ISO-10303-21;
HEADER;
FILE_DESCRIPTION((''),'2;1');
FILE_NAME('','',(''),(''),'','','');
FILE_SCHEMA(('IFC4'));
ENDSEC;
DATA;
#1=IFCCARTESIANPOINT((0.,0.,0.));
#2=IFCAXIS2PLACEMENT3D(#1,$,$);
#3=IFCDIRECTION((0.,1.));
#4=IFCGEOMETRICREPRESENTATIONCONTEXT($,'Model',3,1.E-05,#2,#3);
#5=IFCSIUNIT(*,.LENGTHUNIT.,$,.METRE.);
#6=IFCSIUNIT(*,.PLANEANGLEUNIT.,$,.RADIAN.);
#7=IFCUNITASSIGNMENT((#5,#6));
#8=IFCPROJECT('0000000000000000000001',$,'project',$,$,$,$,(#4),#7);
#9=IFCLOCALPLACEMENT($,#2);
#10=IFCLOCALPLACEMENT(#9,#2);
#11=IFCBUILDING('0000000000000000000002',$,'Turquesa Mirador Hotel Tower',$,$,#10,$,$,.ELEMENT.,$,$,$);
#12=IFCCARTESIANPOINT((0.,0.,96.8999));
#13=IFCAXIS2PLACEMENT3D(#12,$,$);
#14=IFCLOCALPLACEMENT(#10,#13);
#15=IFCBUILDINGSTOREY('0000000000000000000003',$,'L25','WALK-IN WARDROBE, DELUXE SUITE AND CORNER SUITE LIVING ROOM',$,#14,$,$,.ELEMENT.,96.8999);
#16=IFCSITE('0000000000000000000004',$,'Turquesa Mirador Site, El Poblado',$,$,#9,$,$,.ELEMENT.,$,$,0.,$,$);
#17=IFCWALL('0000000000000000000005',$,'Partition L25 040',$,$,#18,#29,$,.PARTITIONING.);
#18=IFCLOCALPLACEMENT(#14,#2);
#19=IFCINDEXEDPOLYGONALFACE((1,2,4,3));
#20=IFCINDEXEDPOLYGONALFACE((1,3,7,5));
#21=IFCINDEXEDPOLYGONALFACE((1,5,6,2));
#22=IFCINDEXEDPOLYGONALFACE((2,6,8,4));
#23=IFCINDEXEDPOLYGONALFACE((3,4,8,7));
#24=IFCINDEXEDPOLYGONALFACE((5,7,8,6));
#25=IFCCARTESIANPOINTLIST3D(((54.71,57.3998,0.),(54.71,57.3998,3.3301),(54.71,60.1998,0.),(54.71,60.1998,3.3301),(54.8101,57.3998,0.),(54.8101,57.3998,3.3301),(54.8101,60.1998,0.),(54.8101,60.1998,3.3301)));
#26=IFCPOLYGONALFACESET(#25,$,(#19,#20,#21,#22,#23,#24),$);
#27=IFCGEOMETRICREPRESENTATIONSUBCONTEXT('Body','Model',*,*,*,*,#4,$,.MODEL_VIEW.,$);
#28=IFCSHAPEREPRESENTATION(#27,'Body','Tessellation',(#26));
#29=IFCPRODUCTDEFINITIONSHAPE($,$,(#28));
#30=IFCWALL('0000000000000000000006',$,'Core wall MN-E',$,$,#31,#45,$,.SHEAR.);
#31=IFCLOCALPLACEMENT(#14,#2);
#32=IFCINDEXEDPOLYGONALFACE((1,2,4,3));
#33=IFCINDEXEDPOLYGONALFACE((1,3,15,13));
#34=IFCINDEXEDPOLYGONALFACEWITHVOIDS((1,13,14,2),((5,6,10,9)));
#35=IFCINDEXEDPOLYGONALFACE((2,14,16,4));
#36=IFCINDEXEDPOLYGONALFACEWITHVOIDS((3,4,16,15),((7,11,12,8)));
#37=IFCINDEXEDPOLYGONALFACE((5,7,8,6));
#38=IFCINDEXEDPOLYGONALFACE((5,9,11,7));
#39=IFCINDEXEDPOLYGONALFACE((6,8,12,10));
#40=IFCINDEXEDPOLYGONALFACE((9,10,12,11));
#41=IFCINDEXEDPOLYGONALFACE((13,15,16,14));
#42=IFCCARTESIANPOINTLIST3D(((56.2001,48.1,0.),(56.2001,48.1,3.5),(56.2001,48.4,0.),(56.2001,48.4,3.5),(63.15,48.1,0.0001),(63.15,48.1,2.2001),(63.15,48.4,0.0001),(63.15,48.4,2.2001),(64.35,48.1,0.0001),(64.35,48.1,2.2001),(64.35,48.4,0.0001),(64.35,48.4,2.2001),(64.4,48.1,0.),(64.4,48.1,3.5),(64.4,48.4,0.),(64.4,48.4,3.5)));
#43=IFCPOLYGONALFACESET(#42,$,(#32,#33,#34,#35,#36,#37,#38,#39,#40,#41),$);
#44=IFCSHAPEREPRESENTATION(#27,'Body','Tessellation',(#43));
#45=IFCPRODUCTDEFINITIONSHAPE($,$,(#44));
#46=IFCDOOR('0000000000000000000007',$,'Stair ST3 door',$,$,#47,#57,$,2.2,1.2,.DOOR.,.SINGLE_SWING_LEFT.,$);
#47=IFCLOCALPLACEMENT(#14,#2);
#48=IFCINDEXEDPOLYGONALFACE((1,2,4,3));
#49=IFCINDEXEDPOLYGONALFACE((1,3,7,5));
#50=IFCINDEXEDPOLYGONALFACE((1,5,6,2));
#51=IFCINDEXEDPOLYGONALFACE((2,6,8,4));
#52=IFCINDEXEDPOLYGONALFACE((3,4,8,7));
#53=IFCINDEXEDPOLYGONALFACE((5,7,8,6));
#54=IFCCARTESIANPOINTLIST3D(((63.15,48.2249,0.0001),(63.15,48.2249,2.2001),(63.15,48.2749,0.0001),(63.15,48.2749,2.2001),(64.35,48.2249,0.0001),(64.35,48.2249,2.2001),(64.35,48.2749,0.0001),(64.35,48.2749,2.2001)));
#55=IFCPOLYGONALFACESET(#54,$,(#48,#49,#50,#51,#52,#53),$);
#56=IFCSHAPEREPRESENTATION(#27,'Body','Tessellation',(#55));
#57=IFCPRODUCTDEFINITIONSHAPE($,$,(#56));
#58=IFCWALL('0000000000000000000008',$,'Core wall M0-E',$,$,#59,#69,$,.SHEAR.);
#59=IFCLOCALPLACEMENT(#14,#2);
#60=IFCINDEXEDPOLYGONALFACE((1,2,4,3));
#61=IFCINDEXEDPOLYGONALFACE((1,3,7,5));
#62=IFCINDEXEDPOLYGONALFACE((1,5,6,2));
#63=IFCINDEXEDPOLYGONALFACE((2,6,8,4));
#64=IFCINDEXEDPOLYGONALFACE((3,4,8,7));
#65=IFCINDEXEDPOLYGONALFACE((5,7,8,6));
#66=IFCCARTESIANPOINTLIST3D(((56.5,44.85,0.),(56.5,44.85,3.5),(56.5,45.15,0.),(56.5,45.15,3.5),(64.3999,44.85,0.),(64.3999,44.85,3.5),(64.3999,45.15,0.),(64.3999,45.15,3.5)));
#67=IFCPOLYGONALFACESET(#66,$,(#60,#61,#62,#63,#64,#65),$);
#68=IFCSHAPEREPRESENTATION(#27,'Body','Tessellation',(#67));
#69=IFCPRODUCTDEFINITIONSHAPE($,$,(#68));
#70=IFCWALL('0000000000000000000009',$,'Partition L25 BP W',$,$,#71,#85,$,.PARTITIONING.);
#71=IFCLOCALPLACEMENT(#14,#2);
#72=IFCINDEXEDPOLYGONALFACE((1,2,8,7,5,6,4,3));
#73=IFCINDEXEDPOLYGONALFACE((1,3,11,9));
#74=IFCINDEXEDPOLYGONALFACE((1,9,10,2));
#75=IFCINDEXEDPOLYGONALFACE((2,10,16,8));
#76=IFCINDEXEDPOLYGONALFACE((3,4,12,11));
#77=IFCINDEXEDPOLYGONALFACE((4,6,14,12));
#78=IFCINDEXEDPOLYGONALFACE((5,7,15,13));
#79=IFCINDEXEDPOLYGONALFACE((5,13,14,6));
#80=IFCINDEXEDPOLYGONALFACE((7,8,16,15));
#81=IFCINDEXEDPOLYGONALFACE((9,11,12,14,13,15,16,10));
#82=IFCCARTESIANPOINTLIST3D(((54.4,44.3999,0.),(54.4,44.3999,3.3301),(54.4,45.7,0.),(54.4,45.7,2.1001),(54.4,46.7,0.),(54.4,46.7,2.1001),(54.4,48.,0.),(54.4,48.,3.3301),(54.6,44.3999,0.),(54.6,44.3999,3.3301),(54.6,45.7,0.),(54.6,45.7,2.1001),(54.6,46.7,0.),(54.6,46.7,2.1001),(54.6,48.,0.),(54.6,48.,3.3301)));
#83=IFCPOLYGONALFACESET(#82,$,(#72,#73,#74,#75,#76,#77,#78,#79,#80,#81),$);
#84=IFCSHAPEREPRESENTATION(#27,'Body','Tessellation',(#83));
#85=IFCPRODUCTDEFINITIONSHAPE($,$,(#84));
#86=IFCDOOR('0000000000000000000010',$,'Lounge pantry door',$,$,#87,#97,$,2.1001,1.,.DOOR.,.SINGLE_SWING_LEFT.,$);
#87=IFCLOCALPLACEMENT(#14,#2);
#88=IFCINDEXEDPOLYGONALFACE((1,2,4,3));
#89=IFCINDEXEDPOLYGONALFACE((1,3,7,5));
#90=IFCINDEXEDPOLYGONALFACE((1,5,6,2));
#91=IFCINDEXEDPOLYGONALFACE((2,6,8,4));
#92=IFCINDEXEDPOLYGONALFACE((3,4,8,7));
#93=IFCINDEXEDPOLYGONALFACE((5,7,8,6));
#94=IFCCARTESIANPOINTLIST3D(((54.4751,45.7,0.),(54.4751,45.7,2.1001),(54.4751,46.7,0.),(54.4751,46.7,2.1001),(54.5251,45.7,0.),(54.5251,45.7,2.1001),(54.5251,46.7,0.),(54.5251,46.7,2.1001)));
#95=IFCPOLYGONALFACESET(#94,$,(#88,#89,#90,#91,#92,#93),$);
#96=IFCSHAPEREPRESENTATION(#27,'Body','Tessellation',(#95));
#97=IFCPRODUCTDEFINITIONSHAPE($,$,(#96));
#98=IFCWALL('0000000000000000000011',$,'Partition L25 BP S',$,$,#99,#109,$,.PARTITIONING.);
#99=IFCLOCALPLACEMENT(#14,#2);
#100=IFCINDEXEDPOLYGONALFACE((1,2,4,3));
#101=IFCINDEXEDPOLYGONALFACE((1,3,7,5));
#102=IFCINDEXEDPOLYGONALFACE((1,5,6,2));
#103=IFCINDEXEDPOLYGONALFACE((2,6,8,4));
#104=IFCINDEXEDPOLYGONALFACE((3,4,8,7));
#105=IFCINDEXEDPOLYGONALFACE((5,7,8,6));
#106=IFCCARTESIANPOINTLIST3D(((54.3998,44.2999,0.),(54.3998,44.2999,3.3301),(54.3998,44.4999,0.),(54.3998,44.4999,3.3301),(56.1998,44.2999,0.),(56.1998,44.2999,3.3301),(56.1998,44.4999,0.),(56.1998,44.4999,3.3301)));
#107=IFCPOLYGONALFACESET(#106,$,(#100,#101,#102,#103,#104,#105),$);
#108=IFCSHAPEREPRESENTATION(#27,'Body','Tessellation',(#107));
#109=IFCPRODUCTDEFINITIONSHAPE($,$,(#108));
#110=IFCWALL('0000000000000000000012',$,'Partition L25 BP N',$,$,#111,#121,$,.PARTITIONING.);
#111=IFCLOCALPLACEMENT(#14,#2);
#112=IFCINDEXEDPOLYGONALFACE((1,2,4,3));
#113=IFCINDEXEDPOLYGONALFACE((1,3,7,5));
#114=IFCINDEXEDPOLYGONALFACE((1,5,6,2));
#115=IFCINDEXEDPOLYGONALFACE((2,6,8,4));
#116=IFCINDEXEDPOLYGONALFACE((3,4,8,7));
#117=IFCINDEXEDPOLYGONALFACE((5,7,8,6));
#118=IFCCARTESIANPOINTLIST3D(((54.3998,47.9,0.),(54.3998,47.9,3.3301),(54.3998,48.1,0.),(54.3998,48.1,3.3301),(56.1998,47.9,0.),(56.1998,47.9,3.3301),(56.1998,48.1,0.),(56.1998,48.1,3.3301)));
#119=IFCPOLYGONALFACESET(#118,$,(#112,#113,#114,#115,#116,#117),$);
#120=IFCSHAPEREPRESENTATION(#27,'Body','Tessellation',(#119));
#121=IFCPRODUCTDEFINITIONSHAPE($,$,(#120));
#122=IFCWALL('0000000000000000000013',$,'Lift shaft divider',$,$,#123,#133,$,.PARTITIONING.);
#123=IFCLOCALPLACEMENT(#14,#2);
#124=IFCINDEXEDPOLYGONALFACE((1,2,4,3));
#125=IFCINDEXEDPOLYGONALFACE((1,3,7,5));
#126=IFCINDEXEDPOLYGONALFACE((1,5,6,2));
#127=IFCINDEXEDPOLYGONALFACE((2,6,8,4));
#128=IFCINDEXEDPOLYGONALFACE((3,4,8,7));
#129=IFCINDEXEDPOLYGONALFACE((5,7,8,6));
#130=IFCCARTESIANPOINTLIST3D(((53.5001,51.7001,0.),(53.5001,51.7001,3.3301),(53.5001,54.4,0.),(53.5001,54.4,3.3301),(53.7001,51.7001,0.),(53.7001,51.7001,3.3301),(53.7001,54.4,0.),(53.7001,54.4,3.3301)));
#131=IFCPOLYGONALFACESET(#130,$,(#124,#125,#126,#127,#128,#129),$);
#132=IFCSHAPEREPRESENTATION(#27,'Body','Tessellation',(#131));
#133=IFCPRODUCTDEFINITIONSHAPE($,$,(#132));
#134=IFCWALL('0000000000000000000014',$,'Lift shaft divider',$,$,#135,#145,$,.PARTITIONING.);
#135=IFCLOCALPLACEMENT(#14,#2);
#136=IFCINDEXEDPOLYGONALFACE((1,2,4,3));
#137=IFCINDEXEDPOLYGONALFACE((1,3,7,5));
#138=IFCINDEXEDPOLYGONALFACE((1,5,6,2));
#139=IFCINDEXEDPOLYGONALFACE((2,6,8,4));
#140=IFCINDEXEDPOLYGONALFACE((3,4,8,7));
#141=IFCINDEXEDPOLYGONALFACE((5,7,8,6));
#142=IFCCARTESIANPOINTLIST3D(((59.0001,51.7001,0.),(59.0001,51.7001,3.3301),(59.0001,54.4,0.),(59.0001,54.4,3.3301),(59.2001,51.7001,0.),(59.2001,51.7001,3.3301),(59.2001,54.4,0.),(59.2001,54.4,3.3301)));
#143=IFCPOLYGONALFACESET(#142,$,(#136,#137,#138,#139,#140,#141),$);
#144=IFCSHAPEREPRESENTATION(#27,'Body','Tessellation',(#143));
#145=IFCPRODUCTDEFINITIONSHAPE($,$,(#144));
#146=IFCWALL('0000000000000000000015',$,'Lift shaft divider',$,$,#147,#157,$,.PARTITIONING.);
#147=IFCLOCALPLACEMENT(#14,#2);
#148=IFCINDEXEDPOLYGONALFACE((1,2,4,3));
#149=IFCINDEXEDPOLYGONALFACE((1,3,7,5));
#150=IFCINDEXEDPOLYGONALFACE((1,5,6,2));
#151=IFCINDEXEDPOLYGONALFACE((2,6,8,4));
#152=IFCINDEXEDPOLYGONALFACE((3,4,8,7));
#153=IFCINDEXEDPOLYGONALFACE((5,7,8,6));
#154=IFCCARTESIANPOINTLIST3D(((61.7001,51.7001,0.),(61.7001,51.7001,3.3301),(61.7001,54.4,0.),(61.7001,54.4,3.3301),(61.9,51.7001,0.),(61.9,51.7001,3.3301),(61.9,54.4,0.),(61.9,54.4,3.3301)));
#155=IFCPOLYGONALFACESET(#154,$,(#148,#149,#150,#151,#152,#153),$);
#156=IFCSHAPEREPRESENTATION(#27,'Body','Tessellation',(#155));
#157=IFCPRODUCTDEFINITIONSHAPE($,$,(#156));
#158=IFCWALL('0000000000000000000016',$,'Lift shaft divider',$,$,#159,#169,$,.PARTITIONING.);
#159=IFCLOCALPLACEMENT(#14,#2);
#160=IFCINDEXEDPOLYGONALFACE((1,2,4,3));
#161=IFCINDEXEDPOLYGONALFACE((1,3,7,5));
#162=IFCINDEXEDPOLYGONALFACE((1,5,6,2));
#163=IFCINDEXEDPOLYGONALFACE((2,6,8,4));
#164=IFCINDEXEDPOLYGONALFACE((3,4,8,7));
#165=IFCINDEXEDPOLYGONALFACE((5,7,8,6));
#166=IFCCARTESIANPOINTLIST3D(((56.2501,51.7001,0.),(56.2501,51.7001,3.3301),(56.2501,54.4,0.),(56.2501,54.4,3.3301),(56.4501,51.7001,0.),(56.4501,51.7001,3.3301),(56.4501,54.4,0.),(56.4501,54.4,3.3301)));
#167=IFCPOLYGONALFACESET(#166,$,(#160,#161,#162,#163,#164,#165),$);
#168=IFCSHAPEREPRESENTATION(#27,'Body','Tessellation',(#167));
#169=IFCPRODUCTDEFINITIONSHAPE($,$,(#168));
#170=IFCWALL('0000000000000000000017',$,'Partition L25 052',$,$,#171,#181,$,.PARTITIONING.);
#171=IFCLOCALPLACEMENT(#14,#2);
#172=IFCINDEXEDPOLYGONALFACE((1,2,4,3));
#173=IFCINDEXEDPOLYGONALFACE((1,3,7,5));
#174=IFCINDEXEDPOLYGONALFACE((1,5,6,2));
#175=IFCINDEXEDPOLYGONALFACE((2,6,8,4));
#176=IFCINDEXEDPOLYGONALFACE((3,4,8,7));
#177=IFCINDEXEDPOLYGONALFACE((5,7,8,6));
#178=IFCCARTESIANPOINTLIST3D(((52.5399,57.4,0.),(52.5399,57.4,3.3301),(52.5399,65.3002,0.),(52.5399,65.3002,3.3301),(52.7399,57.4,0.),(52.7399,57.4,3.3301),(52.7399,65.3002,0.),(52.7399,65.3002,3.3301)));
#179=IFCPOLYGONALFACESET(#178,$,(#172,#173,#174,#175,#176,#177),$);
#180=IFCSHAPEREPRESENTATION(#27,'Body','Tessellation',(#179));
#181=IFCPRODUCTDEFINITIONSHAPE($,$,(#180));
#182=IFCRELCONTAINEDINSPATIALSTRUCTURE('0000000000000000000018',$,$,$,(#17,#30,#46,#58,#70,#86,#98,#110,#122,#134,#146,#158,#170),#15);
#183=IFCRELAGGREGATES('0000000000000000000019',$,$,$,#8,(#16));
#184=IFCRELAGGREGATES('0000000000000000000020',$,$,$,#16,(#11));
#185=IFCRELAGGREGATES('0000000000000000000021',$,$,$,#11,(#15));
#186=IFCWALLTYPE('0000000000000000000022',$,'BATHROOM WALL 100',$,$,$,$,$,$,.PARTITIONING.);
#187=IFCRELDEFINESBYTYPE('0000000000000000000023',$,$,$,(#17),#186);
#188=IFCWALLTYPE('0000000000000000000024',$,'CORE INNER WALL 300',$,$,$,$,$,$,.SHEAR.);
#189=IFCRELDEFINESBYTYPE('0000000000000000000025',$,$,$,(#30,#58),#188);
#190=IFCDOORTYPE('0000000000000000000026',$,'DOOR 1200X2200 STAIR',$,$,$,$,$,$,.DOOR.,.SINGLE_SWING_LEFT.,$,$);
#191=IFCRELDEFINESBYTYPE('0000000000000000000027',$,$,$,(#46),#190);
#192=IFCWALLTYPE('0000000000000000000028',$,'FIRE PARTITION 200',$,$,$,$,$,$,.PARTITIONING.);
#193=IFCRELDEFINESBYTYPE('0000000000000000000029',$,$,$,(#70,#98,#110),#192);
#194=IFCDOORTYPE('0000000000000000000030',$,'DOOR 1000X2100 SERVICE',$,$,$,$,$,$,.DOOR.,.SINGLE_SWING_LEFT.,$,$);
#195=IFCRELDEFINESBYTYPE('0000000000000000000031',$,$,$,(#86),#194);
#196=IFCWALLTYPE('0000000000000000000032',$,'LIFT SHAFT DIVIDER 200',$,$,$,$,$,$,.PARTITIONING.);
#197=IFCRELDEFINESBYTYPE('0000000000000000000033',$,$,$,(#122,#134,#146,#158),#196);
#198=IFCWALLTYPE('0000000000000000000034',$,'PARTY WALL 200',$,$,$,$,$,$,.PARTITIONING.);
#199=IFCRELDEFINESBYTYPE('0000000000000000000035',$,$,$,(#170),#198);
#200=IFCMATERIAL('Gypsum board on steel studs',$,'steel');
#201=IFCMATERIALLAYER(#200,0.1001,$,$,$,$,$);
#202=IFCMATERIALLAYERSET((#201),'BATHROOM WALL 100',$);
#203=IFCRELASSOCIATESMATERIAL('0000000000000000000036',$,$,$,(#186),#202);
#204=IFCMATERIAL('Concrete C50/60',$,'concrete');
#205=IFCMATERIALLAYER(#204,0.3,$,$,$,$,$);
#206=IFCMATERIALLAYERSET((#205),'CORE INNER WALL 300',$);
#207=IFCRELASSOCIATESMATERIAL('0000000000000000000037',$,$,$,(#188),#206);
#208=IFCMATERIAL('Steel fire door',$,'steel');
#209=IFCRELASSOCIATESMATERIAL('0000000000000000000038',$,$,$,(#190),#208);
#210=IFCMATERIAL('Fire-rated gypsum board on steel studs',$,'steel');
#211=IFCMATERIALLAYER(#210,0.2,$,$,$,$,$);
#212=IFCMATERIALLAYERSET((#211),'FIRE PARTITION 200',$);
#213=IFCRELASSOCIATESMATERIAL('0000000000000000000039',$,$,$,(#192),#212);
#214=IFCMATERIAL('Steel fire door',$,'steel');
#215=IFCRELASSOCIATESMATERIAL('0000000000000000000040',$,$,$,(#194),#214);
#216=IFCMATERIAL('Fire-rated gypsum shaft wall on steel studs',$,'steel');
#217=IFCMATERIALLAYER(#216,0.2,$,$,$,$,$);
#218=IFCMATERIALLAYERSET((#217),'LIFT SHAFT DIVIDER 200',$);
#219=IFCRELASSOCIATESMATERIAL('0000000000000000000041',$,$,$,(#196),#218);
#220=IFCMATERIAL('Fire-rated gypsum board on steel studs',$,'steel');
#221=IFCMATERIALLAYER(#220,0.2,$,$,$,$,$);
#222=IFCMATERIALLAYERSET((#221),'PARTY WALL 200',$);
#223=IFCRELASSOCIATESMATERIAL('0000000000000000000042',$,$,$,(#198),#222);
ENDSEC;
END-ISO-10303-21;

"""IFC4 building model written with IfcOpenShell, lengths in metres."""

from ifc_helpers import new_model, si_unit, direction, frame, frame_2d, origin, place, context, subcontext, project, spatial, rectangle, extrude, material, layer, layer_set, type_object, element, fill, save


model = new_model("IFC4")

# Units and contexts
model_context = context("Model", 3, precision=1e-05, world=origin(), true_north=direction((0.0, 1.0)))
body_context = subcontext(model_context, "Body", "Model", "MODEL_VIEW")
ifc_project = project(units=[si_unit("LENGTHUNIT", "METRE"), si_unit("PLANEANGLEUNIT", "RADIAN")], contexts=[model_context])

# Site, building, storey
site_placement = place(None, origin())
site = spatial("IfcSite", under=ifc_project, at=site_placement, Name="Turquesa Mirador Site, El Poblado", CompositionType="ELEMENT", RefElevation=0.0)
building_placement = place(site_placement, origin())
building = spatial("IfcBuilding", under=site, at=building_placement, Name="Turquesa Mirador Hotel Tower", CompositionType="ELEMENT")
storey_placement = place(building_placement, frame((0.0, 0.0, 96.8999)))
storey = spatial("IfcBuildingStorey", under=building, at=storey_placement, Name="L25", Description="WALK-IN WARDROBE, DELUXE SUITE AND CORNER SUITE LIVING ROOM", CompositionType="ELEMENT", Elevation=96.8999)

# Wall
ifc_material_1 = material(Name="Gypsum board on steel studs", Category="steel")
ifc_layer_1 = layer(ifc_material_1, 0.1001)
ifc_layer_set_1 = layer_set([ifc_layer_1], Name="BATHROOM WALL 100")
wall_type_1 = type_object("IfcWallType", Name="BATHROOM WALL 100", PredefinedType="PARTITIONING", material=ifc_layer_set_1)
wall_1_placement = place(storey_placement, frame((54.76, 57.3999, 0.0), z_axis=(0.0, 0.0, 1.0), x_axis=(0.0, 1.0, 0.0)))
element("IfcWall", 1, at=wall_1_placement, inside=storey, type_object=wall_type_1, Name="Partition L25 040", PredefinedType="PARTITIONING", context=body_context, shape_type="SweptSolid", body=[
    extrude(rectangle(XDim=2.8, YDim=0.1001, at=frame_2d((1.3999, 0.0))), origin(), (0.0, 0.0, 1.0), 3.3301),
])

# Wall, opening, door
ifc_material_2 = material(Name="Concrete C50/60", Category="concrete")
ifc_layer_2 = layer(ifc_material_2, 0.3)
ifc_layer_set_2 = layer_set([ifc_layer_2], Name="CORE INNER WALL 300")
wall_type_2 = type_object("IfcWallType", Name="CORE INNER WALL 300", PredefinedType="SHEAR", material=ifc_layer_set_2)
wall_2_placement = place(storey_placement, frame((56.2, 48.25, 0.0), z_axis=(0.0, 0.0, 1.0), x_axis=(1.0, 0.0, 0.0)))
wall_2 = element("IfcWall", 2, at=wall_2_placement, inside=storey, type_object=wall_type_2, Name="Core wall MN-E", PredefinedType="SHEAR", context=body_context, shape_type="SweptSolid", body=[
    extrude(rectangle(XDim=8.2, YDim=0.3, at=frame_2d((4.1001, 0.0))), origin(), (0.0, 0.0, 1.0), 3.5),
])
opening_1_placement = place(wall_2_placement, frame((6.95, 0.0, 0.0)))
opening_1 = element("IfcOpeningElement", 3, at=opening_1_placement, cuts=wall_2, PredefinedType="OPENING", context=body_context, shape_type="SweptSolid", body=[
    extrude(rectangle(XDim=1.2, YDim=2.2, at=frame_2d((0.6001, 1.1001))), frame((0.0, 0.1599, 0.0), z_axis=(0.0, -1.0, 0.0), x_axis=(1.0, 0.0, 0.0)), (0.0, 0.0, 1.0), 0.3201),
])
ifc_material_3 = material(Name="Steel fire door", Category="steel")
door_type_1 = type_object("IfcDoorType", Name="DOOR 1200X2200 STAIR", OperationType="SINGLE_SWING_LEFT", PredefinedType="DOOR", material=ifc_material_3)
door_1_placement = place(opening_1_placement, origin())
door_1 = element("IfcDoor", 4, at=door_1_placement, inside=storey, type_object=door_type_1, Name="Stair ST3 door", OperationType="SINGLE_SWING_LEFT", OverallHeight=2.2, OverallWidth=1.2, PredefinedType="DOOR", context=body_context, shape_type="SweptSolid", body=[
    extrude(rectangle(XDim=1.2, YDim=2.2, at=frame_2d((0.6001, 1.1001))), frame((0.0, 0.0249, 0.0), z_axis=(0.0, -1.0, 0.0), x_axis=(1.0, 0.0, 0.0)), (0.0, 0.0, 1.0), 0.05),
])
fill(opening_1, door_1)

# Wall
wall_3_placement = place(storey_placement, frame((56.5, 45.0, 0.0), z_axis=(0.0, 0.0, 1.0), x_axis=(1.0, 0.0, 0.0)))
element("IfcWall", 5, at=wall_3_placement, inside=storey, type_object=wall_type_2, Name="Core wall M0-E", PredefinedType="SHEAR", context=body_context, shape_type="SweptSolid", body=[
    extrude(rectangle(XDim=7.8999, YDim=0.3, at=frame_2d((3.95, 0.0))), origin(), (0.0, 0.0, 1.0), 3.5),
])

# Wall, opening, door
ifc_material_4 = material(Name="Fire-rated gypsum board on steel studs", Category="steel")
ifc_layer_3 = layer(ifc_material_4, 0.2)
ifc_layer_set_3 = layer_set([ifc_layer_3], Name="FIRE PARTITION 200")
wall_type_3 = type_object("IfcWallType", Name="FIRE PARTITION 200", PredefinedType="PARTITIONING", material=ifc_layer_set_3)
wall_4_placement = place(storey_placement, frame((54.5, 44.3999, 0.0), z_axis=(0.0, 0.0, 1.0), x_axis=(0.0, 1.0, 0.0)))
wall_4 = element("IfcWall", 6, at=wall_4_placement, inside=storey, type_object=wall_type_3, Name="Partition L25 BP W", PredefinedType="PARTITIONING", context=body_context, shape_type="SweptSolid", body=[
    extrude(rectangle(XDim=3.6001, YDim=0.2, at=frame_2d((1.8, 0.0))), origin(), (0.0, 0.0, 1.0), 3.3301),
])
opening_2_placement = place(wall_4_placement, frame((1.3, 0.0, 0.0)))
opening_2 = element("IfcOpeningElement", 7, at=opening_2_placement, cuts=wall_4, PredefinedType="OPENING", context=body_context, shape_type="SweptSolid", body=[
    extrude(rectangle(XDim=1.0, YDim=2.1001, at=frame_2d((0.5, 1.05))), frame((0.0, 0.1099, 0.0), z_axis=(0.0, -1.0, 0.0), x_axis=(1.0, 0.0, 0.0)), (0.0, 0.0, 1.0), 0.22),
])
ifc_material_5 = material(Name="Steel fire door", Category="steel")
door_type_2 = type_object("IfcDoorType", Name="DOOR 1000X2100 SERVICE", OperationType="SINGLE_SWING_LEFT", PredefinedType="DOOR", material=ifc_material_5)
door_2_placement = place(opening_2_placement, origin())
door_2 = element("IfcDoor", 8, at=door_2_placement, inside=storey, type_object=door_type_2, Name="Lounge pantry door", OperationType="SINGLE_SWING_LEFT", OverallHeight=2.1001, OverallWidth=1.0, PredefinedType="DOOR", context=body_context, shape_type="SweptSolid", body=[
    extrude(rectangle(XDim=1.0, YDim=2.1001, at=frame_2d((0.5, 1.05))), frame((0.0, 0.0249, 0.0), z_axis=(0.0, -1.0, 0.0), x_axis=(1.0, 0.0, 0.0)), (0.0, 0.0, 1.0), 0.05),
])
fill(opening_2, door_2)

# Walls
for number, where, z_axis, x_axis, name in (
    (9, (54.3999, 44.3999, 0.0), (0.0, 0.0, 1.0), (1.0, 0.0, 0.0), "Partition L25 BP S"),
    (10, (54.3999, 48.0, 0.0), (0.0, 0.0, 1.0), (1.0, 0.0, 0.0), "Partition L25 BP N"),
):
    element("IfcWall", number, at=place(storey_placement, frame(where, z_axis=z_axis, x_axis=x_axis)), inside=storey, type_object=wall_type_3, Name=name, PredefinedType="PARTITIONING", context=body_context, shape_type="SweptSolid", body=[
        extrude(rectangle(XDim=1.8, YDim=0.2, at=frame_2d((0.8999, 0.0))), origin(), (0.0, 0.0, 1.0), 3.3301),
    ])
ifc_material_6 = material(Name="Fire-rated gypsum shaft wall on steel studs", Category="steel")
ifc_layer_4 = layer(ifc_material_6, 0.2)
ifc_layer_set_4 = layer_set([ifc_layer_4], Name="LIFT SHAFT DIVIDER 200")
wall_type_4 = type_object("IfcWallType", Name="LIFT SHAFT DIVIDER 200", PredefinedType="PARTITIONING", material=ifc_layer_set_4)
for number, where, z_axis, x_axis, name in (
    (11, (53.6001, 51.7, 0.0), (0.0, 0.0, 1.0), (0.0, 1.0, 0.0), "Lift shaft divider"),
    (12, (59.1001, 51.7, 0.0), (0.0, 0.0, 1.0), (0.0, 1.0, 0.0), "Lift shaft divider"),
    (13, (61.8, 51.7, 0.0), (0.0, 0.0, 1.0), (0.0, 1.0, 0.0), "Lift shaft divider"),
    (14, (56.3501, 51.7, 0.0), (0.0, 0.0, 1.0), (0.0, 1.0, 0.0), "Lift shaft divider"),
):
    element("IfcWall", number, at=place(storey_placement, frame(where, z_axis=z_axis, x_axis=x_axis)), inside=storey, type_object=wall_type_4, Name=name, PredefinedType="PARTITIONING", context=body_context, shape_type="SweptSolid", body=[
        extrude(rectangle(XDim=2.7, YDim=0.2, at=frame_2d((1.3501, 0.0))), origin(), (0.0, 0.0, 1.0), 3.3301),
    ])
ifc_material_7 = material(Name="Fire-rated gypsum board on steel studs", Category="steel")
ifc_layer_5 = layer(ifc_material_7, 0.2)
ifc_layer_set_5 = layer_set([ifc_layer_5], Name="PARTY WALL 200")
wall_type_5 = type_object("IfcWallType", Name="PARTY WALL 200", PredefinedType="PARTITIONING", material=ifc_layer_set_5)
wall_5_placement = place(storey_placement, frame((52.6399, 57.3999, 0.0), z_axis=(0.0, 0.0, 1.0), x_axis=(0.0, 1.0, 0.0)))
element("IfcWall", 15, at=wall_5_placement, inside=storey, type_object=wall_type_5, Name="Partition L25 052", PredefinedType="PARTITIONING", context=body_context, shape_type="SweptSolid", body=[
    extrude(rectangle(XDim=7.9001, YDim=0.2, at=frame_2d((3.9502, 0.0))), origin(), (0.0, 0.0, 1.0), 3.3301),
])

save(model, "model.ifc")
